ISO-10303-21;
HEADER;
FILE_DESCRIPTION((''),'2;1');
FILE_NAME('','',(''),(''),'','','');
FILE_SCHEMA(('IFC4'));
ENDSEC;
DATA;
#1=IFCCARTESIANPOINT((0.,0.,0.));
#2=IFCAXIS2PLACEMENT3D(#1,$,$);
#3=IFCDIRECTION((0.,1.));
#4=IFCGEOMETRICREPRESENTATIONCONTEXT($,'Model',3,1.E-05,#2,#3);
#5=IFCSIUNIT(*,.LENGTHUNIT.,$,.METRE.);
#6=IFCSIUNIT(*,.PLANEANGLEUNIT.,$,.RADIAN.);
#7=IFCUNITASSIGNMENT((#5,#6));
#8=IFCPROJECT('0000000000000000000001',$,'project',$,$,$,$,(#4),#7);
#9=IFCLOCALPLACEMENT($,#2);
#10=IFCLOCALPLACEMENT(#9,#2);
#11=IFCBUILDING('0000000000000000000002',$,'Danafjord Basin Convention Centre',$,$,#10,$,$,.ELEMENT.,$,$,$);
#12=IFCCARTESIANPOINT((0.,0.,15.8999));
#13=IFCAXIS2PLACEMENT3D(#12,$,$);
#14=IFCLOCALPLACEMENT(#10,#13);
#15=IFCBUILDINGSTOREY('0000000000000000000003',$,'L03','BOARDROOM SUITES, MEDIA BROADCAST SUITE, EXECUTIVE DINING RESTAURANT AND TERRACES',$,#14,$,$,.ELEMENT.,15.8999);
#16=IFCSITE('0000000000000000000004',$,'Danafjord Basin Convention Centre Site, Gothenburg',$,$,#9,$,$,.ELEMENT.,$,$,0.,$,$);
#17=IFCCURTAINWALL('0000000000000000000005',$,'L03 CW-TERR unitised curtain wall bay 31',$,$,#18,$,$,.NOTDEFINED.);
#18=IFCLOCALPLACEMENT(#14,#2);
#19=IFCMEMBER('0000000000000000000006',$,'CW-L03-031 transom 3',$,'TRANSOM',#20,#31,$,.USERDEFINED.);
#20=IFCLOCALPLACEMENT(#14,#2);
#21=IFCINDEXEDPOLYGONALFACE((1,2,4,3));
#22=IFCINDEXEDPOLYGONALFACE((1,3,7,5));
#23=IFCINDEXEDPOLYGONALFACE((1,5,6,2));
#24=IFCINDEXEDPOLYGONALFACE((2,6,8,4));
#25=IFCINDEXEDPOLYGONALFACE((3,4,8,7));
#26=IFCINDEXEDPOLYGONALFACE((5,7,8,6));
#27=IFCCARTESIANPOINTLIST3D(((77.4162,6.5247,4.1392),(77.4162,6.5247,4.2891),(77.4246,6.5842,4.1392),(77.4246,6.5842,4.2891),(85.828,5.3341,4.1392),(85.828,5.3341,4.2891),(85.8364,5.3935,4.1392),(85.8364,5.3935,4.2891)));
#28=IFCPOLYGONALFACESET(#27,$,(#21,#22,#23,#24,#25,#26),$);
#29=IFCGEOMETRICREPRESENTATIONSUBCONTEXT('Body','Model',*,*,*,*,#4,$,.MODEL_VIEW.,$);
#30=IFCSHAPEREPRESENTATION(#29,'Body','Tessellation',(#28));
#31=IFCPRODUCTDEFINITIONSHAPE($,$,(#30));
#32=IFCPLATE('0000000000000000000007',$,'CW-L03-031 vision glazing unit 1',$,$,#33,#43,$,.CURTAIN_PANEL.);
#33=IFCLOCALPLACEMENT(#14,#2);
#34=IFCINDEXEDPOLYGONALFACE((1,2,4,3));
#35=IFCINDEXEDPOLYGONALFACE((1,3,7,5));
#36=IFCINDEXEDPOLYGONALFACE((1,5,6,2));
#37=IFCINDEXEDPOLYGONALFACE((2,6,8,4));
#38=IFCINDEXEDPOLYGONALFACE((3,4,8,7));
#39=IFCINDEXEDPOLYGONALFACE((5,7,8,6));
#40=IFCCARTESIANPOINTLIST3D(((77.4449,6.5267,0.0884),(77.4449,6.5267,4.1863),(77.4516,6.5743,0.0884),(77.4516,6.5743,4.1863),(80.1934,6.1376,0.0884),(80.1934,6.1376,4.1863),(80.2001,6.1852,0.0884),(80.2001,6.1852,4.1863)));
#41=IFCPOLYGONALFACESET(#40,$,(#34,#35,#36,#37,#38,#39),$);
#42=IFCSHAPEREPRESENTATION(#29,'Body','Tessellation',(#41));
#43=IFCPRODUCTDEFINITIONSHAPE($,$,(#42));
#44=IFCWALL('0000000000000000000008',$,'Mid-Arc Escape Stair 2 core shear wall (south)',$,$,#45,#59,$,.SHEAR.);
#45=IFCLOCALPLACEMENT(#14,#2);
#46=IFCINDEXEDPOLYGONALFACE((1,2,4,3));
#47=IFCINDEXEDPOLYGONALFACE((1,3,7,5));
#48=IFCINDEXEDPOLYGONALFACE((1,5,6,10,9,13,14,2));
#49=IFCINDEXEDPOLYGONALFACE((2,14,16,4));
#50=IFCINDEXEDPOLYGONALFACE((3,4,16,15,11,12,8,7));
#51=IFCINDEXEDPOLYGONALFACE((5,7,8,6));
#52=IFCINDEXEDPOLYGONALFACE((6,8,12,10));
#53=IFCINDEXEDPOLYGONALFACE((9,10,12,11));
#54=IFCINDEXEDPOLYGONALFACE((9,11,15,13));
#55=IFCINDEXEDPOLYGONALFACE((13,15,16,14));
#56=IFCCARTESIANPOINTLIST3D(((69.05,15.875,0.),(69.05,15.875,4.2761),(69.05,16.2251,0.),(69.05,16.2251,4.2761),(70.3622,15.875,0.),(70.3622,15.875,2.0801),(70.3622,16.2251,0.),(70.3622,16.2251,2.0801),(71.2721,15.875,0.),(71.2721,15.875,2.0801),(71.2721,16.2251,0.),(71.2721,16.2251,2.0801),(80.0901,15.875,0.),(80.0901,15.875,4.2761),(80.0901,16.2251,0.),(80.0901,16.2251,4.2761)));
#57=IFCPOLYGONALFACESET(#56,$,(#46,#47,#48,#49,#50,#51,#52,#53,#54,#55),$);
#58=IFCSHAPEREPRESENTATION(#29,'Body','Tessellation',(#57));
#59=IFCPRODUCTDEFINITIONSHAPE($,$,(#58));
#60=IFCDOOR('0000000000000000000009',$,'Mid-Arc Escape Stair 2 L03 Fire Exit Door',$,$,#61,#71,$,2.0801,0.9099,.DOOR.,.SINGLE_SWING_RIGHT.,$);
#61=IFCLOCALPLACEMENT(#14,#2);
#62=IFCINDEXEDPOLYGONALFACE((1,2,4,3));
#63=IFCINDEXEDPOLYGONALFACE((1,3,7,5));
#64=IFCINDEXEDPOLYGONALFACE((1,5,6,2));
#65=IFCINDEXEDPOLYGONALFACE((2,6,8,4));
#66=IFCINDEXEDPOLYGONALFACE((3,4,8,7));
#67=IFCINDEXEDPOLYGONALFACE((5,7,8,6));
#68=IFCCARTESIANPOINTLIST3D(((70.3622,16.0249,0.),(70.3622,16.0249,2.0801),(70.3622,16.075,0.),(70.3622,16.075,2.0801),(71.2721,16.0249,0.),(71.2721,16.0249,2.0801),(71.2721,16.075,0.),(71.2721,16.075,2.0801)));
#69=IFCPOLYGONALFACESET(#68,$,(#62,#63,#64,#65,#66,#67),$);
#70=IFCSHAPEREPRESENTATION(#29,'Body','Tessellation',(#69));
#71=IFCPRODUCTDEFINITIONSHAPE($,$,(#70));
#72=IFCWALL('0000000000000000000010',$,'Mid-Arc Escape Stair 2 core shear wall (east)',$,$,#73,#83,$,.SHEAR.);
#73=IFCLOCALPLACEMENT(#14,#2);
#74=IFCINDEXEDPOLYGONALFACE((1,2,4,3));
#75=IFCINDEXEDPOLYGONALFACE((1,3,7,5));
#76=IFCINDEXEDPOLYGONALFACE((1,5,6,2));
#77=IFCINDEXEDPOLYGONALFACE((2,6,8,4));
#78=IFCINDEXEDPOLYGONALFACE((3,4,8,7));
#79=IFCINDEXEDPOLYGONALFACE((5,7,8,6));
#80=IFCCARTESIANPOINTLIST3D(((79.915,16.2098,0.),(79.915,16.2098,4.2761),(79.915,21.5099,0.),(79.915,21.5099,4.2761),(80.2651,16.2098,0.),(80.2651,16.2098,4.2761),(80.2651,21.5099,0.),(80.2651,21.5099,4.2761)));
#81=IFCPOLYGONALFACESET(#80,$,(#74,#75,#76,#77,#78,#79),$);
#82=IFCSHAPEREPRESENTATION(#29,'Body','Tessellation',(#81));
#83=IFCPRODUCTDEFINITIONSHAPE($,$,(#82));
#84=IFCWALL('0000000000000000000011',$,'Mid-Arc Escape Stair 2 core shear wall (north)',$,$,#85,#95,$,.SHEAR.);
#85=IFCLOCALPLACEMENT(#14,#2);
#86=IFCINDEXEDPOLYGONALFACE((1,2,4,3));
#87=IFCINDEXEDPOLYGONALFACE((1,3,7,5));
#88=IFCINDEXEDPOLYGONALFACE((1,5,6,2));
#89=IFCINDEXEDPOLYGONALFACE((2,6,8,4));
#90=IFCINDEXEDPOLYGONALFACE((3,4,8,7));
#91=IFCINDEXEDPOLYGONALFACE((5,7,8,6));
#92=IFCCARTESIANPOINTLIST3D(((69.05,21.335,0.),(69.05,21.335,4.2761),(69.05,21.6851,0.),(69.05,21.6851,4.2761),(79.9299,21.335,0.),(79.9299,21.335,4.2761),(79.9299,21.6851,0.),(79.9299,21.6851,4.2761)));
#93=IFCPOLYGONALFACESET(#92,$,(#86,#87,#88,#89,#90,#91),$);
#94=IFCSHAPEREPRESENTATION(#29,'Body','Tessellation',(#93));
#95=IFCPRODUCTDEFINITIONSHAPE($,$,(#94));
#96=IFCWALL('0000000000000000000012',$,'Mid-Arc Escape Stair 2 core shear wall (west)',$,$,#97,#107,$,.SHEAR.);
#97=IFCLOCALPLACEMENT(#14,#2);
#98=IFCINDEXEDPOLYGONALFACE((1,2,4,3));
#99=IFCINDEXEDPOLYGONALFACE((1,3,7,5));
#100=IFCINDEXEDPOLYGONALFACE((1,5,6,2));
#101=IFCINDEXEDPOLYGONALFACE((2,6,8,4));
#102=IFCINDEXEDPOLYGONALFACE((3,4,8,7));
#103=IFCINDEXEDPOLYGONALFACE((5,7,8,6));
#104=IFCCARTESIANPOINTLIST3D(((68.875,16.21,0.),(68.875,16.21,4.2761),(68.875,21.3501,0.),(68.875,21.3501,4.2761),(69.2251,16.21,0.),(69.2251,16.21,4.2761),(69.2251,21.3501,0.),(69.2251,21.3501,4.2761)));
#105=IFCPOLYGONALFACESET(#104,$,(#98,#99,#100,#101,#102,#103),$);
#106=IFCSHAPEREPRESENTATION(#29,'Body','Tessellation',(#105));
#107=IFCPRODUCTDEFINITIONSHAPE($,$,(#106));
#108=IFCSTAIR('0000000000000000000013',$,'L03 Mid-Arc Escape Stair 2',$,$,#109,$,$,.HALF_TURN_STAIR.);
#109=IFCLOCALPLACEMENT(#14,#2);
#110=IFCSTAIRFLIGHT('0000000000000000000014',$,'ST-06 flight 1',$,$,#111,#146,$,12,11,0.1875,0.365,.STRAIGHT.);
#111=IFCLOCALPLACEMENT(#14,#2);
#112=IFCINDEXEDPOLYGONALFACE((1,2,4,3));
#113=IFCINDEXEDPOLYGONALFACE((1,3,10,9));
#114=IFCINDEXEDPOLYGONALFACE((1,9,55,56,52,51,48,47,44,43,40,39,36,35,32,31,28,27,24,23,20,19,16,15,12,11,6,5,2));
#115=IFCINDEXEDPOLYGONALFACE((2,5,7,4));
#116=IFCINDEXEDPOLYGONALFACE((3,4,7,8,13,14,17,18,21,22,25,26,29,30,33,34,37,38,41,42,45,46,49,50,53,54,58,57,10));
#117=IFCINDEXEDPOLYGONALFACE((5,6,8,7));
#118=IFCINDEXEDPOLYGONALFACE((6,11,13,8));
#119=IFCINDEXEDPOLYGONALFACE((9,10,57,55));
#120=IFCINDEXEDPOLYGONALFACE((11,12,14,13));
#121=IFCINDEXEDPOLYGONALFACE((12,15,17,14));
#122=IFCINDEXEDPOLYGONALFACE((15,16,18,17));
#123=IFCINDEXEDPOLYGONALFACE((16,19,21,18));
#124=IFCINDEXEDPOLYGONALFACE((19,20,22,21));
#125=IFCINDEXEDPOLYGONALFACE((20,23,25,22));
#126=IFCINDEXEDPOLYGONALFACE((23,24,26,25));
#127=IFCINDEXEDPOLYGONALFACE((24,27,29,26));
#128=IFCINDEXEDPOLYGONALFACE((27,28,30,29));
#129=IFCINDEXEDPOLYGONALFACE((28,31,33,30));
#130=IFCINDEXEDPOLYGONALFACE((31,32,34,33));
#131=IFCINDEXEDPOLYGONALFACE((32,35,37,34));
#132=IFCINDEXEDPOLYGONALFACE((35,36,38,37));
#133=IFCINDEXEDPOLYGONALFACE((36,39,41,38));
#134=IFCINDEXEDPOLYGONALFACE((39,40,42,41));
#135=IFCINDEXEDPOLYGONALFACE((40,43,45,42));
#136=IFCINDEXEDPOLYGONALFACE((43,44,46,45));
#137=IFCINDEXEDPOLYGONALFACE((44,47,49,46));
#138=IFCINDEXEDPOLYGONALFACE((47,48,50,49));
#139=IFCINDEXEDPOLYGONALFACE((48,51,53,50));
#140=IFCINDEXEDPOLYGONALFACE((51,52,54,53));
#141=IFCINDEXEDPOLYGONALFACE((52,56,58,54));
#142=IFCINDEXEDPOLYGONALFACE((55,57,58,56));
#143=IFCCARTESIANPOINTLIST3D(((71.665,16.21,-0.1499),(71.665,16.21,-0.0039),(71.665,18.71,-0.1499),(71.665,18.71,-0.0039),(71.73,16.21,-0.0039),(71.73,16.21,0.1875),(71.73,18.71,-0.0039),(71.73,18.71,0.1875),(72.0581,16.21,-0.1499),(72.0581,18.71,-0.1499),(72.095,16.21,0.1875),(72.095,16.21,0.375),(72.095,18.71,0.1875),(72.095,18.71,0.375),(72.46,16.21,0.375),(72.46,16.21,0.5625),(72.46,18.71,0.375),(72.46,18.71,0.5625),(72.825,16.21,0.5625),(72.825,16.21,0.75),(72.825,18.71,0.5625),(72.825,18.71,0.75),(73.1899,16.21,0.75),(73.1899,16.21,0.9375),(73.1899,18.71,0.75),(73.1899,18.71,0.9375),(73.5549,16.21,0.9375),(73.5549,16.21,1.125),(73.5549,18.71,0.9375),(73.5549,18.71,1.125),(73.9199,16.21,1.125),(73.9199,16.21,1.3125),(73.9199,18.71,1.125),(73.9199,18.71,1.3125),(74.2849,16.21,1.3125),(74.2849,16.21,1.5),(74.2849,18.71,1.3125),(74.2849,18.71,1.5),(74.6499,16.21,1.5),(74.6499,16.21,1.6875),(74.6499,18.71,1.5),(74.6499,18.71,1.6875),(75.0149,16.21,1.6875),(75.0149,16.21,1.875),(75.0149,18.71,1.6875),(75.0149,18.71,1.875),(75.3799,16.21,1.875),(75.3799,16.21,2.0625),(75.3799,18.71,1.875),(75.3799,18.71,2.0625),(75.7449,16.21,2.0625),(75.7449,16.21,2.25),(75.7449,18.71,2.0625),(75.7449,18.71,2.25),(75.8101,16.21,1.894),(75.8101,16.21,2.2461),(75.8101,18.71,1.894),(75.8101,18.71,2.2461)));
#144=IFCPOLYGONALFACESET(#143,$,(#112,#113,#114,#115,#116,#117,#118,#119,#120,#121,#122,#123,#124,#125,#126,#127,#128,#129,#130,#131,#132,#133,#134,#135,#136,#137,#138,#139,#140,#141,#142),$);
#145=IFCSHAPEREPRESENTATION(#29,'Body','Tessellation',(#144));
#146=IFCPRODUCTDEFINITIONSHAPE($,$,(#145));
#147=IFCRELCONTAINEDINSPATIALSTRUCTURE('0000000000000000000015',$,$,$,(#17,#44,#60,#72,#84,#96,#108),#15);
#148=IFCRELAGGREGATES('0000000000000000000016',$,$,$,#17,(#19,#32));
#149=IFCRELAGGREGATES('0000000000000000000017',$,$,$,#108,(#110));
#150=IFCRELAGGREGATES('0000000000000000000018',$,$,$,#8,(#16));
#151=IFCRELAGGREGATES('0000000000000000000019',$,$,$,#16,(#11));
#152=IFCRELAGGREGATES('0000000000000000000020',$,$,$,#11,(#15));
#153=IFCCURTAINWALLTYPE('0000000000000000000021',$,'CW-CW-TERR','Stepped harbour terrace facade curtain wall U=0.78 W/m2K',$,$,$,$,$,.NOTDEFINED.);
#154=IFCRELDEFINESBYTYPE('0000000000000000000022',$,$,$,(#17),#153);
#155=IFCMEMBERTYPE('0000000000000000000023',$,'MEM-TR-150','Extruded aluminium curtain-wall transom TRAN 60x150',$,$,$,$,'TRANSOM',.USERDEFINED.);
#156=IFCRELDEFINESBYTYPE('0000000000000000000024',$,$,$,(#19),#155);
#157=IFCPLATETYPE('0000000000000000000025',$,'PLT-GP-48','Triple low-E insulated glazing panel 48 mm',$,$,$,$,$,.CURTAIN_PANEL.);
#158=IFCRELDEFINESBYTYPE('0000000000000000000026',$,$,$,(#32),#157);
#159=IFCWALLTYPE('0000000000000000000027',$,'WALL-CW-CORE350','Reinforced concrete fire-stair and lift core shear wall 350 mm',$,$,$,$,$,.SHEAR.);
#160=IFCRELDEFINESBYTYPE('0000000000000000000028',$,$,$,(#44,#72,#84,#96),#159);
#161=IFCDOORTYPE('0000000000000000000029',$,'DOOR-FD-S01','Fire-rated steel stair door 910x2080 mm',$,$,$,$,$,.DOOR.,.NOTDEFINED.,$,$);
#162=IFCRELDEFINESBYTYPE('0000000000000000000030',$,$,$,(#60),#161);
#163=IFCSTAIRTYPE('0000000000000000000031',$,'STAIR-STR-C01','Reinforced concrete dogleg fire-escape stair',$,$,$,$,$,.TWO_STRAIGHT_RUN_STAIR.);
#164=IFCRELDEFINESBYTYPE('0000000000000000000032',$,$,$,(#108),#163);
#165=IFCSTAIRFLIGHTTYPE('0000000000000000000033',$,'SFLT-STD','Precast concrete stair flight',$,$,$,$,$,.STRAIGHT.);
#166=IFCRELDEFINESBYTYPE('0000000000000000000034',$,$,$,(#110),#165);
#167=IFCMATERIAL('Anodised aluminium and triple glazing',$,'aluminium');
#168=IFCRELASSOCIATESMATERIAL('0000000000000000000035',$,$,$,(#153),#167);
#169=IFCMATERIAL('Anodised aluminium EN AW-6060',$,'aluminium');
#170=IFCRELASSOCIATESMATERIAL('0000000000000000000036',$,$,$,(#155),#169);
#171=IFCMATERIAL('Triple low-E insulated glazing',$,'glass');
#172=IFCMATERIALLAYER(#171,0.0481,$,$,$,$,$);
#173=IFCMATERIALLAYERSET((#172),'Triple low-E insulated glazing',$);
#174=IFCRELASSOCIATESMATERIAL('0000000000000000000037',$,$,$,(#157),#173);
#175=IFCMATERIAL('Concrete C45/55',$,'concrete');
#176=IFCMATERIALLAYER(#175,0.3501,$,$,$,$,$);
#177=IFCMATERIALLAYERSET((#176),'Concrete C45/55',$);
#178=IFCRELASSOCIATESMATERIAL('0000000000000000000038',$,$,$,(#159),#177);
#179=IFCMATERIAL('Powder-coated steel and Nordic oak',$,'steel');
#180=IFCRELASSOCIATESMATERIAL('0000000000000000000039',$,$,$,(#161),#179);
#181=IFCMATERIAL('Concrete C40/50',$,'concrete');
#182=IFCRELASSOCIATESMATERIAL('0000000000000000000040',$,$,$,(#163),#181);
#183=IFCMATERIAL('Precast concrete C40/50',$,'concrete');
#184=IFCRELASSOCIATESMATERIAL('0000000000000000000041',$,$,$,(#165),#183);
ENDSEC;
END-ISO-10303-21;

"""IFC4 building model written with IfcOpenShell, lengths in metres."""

from ifc_helpers import new_model, si_unit, direction, frame, frame_2d, origin, origin_2d, place, context, subcontext, project, spatial, polyline, rectangle, outline, extrude, material, layer, layer_set, material_profile, profile_set, type_object, element, fill, aggregate, save


model = new_model("IFC4")

# Units and contexts
model_context = context("Model", 3, precision=1e-05, world=origin(), true_north=direction((0.0, 1.0)))
body_context = subcontext(model_context, "Body", "Model", "MODEL_VIEW")
ifc_project = project(units=[si_unit("LENGTHUNIT", "METRE"), si_unit("PLANEANGLEUNIT", "RADIAN")], contexts=[model_context])

# Site, building, storey
site_placement = place(None, origin())
site = spatial("IfcSite", under=ifc_project, at=site_placement, Name="Danafjord Basin Convention Centre Site, Gothenburg", CompositionType="ELEMENT", RefElevation=0.0)
building_placement = place(site_placement, origin())
building = spatial("IfcBuilding", under=site, at=building_placement, Name="Danafjord Basin Convention Centre", CompositionType="ELEMENT")
storey_placement = place(building_placement, frame((0.0, 0.0, 15.8999)))
storey = spatial("IfcBuildingStorey", under=building, at=storey_placement, Name="L03", Description="BOARDROOM SUITES, MEDIA BROADCAST SUITE, EXECUTIVE DINING RESTAURANT AND TERRACES", CompositionType="ELEMENT", Elevation=15.8999)

# Curtain wall, member, plate
ifc_material_1 = material(Name="Anodised aluminium and triple glazing", Category="aluminium")
curtain_wall_type = type_object("IfcCurtainWallType", Name="CW-CW-TERR", Description="Stepped harbour terrace facade curtain wall U=0.78 W/m2K", PredefinedType="NOTDEFINED", material=ifc_material_1)
curtain_wall_placement = place(storey_placement, origin())
curtain_wall = element("IfcCurtainWall", 1, at=curtain_wall_placement, inside=storey, type_object=curtain_wall_type, Name="L03 CW-TERR unitised curtain wall bay 31", PredefinedType="NOTDEFINED")
ifc_material_2 = material(Name="Anodised aluminium EN AW-6060", Category="aluminium")
ifc_material_profile_1 = material_profile(ifc_material_2, rectangle(XDim=0.0601, YDim=0.1499, at=origin_2d()), Name="TRAN 60x150")
ifc_profile_set_1 = profile_set([ifc_material_profile_1], Name="Anodised aluminium EN AW-6060")
member_type_1 = type_object("IfcMemberType", Name="MEM-TR-150", Description="Extruded aluminium curtain-wall transom TRAN 60x150", ElementType="TRANSOM", PredefinedType="USERDEFINED", material=ifc_profile_set_1)
member_1_placement = place(storey_placement, frame((77.4204, 6.5544, 4.2141), z_axis=(0.99013, -0.14015, 0.0), x_axis=(0.14015, 0.99013, 0.0)))
member_1 = element("IfcMember", 2, at=member_1_placement, type_object=member_type_1, Name="CW-L03-031 transom 3", ObjectType="TRANSOM", PredefinedType="USERDEFINED", context=body_context, shape_type="SweptSolid", body=[
    extrude(rectangle(XDim=0.0601, YDim=0.1499, at=origin_2d()), origin(), (0.0, 0.0, 1.0), 8.4956),
])
ifc_material_3 = material(Name="Triple low-E insulated glazing", Category="glass")
ifc_layer_1 = layer(ifc_material_3, 0.0481)
ifc_layer_set_1 = layer_set([ifc_layer_1], Name="Triple low-E insulated glazing")
plate_type = type_object("IfcPlateType", Name="PLT-GP-48", Description="Triple low-E insulated glazing panel 48 mm", PredefinedType="CURTAIN_PANEL", material=ifc_layer_set_1)
plate_placement = place(storey_placement, frame((78.8225, 6.356, 0.0884), z_axis=(0.0, 0.0, 1.0), x_axis=(0.990128, -0.140165, 0.0)))
plate = element("IfcPlate", 3, at=plate_placement, type_object=plate_type, Name="CW-L03-031 vision glazing unit 1", PredefinedType="CURTAIN_PANEL", context=body_context, shape_type="SweptSolid", body=[
    extrude(rectangle(XDim=2.7759, YDim=0.0481, at=origin_2d()), origin(), (0.0, 0.0, 1.0), 4.0979),
])
aggregate(curtain_wall, [member_1, plate])

# Wall, opening, door
ifc_material_4 = material(Name="Concrete C45/55", Category="concrete")
ifc_layer_2 = layer(ifc_material_4, 0.3501)
ifc_layer_set_2 = layer_set([ifc_layer_2], Name="Concrete C45/55")
wall_type = type_object("IfcWallType", Name="WALL-CW-CORE350", Description="Reinforced concrete fire-stair and lift core shear wall 350 mm", PredefinedType="SHEAR", material=ifc_layer_set_2)
wall_1_placement = place(storey_placement, frame((69.05, 16.05, 0.0), z_axis=(0.0, 0.0, 1.0), x_axis=(1.0, 0.0, 0.0)))
wall_1 = element("IfcWall", 4, at=wall_1_placement, inside=storey, type_object=wall_type, Name="Mid-Arc Escape Stair 2 core shear wall (south)", PredefinedType="SHEAR", context=body_context, shape_type="SweptSolid", body=[
    extrude(rectangle(XDim=11.04, YDim=0.3501, at=frame_2d((5.52, 0.0))), origin(), (0.0, 0.0, 1.0), 4.2761),
])
opening_placement = place(wall_1_placement, frame((1.312, 0.0, 0.0)))
opening = element("IfcOpeningElement", 5, at=opening_placement, cuts=wall_1, PredefinedType="OPENING", context=body_context, shape_type="SweptSolid", body=[
    extrude(rectangle(XDim=0.9099, YDim=2.0801, at=frame_2d((0.4551, 1.04))), frame((0.0, 0.1851, 0.0), z_axis=(0.0, -1.0, 0.0), x_axis=(1.0, 0.0, 0.0)), (0.0, 0.0, 1.0), 0.3701),
])
ifc_material_5 = material(Name="Powder-coated steel and Nordic oak", Category="steel")
door_type = type_object("IfcDoorType", Name="DOOR-FD-S01", Description="Fire-rated steel stair door 910x2080 mm", OperationType="NOTDEFINED", PredefinedType="DOOR", material=ifc_material_5)
door_placement = place(opening_placement, origin())
door = element("IfcDoor", 6, at=door_placement, inside=storey, type_object=door_type, Name="Mid-Arc Escape Stair 2 L03 Fire Exit Door", OperationType="SINGLE_SWING_RIGHT", OverallHeight=2.0801, OverallWidth=0.9099, PredefinedType="DOOR", context=body_context, shape_type="SweptSolid", body=[
    extrude(rectangle(XDim=0.9099, YDim=2.0801, at=frame_2d((0.4551, 1.04))), frame((0.0, 0.0249, 0.0), z_axis=(0.0, -1.0, 0.0), x_axis=(1.0, 0.0, 0.0)), (0.0, 0.0, 1.0), 0.05),
])
fill(opening, door)

# Walls
wall_2_placement = place(storey_placement, frame((80.0901, 16.21, 0.0), z_axis=(0.0, 0.0, 1.0), x_axis=(0.0, 1.0, 0.0)))
element("IfcWall", 7, at=wall_2_placement, inside=storey, type_object=wall_type, Name="Mid-Arc Escape Stair 2 core shear wall (east)", PredefinedType="SHEAR", context=body_context, shape_type="SweptSolid", body=[
    extrude(rectangle(XDim=5.3, YDim=0.3501, at=frame_2d((2.6499, 0.0))), origin(), (0.0, 0.0, 1.0), 4.2761),
])
wall_3_placement = place(storey_placement, frame((79.9299, 21.51, 0.0), z_axis=(0.0, 0.0, 1.0), x_axis=(-1.0, 0.0, 0.0)))
element("IfcWall", 8, at=wall_3_placement, inside=storey, type_object=wall_type, Name="Mid-Arc Escape Stair 2 core shear wall (north)", PredefinedType="SHEAR", context=body_context, shape_type="SweptSolid", body=[
    extrude(rectangle(XDim=10.8799, YDim=0.3501, at=frame_2d((5.4399, 0.0))), origin(), (0.0, 0.0, 1.0), 4.2761),
])
wall_4_placement = place(storey_placement, frame((69.05, 21.3501, 0.0), z_axis=(0.0, 0.0, 1.0), x_axis=(0.0, -1.0, 0.0)))
element("IfcWall", 9, at=wall_4_placement, inside=storey, type_object=wall_type, Name="Mid-Arc Escape Stair 2 core shear wall (west)", PredefinedType="SHEAR", context=body_context, shape_type="SweptSolid", body=[
    extrude(rectangle(XDim=5.1401, YDim=0.3501, at=frame_2d((2.5701, 0.0))), origin(), (0.0, 0.0, 1.0), 4.2761),
])

# Stair, stair flight
ifc_material_6 = material(Name="Concrete C40/50", Category="concrete")
stair_type = type_object("IfcStairType", Name="STAIR-STR-C01", Description="Reinforced concrete dogleg fire-escape stair", PredefinedType="TWO_STRAIGHT_RUN_STAIR", material=ifc_material_6)
stair_placement = place(storey_placement, origin())
stair = element("IfcStair", 10, at=stair_placement, inside=storey, type_object=stair_type, Name="L03 Mid-Arc Escape Stair 2", PredefinedType="HALF_TURN_STAIR")
ifc_material_7 = material(Name="Precast concrete C40/50", Category="concrete")
stair_flight_type = type_object("IfcStairFlightType", Name="SFLT-STD", Description="Precast concrete stair flight", PredefinedType="STRAIGHT", material=ifc_material_7)
stair_flight_1_placement = place(storey_placement, frame((71.73, 17.46, 0.0), z_axis=(0.0, 0.0, 1.0), x_axis=(1.0, 0.0, 0.0)))
stair_flight_1 = element("IfcStairFlight", 11, at=stair_flight_1_placement, type_object=stair_flight_type, Name="ST-06 flight 1", NumberOfRisers=12, NumberOfTreads=11, PredefinedType="STRAIGHT", RiserHeight=0.1875, TreadLength=0.365, context=body_context, shape_type="SweptSolid", body=[
    extrude(outline(polyline([(-0.0649, -0.1499), (-0.0649, -0.0039), (0.0, -0.0039), (0.0, 0.1875), (0.365, 0.1875), (0.365, 0.375), (0.73, 0.375), (0.73, 0.5625), (1.095, 0.5625), (1.095, 0.75), (1.46, 0.75), (1.46, 0.9375), (1.825, 0.9375), (1.825, 1.125), (2.1899, 1.125), (2.1899, 1.3125), (2.5549, 1.3125), (2.5549, 1.5), (2.9199, 1.5), (2.9199, 1.6875), (3.2849, 1.6875), (3.2849, 1.875), (3.6499, 1.875), (3.6499, 2.0625), (4.0149, 2.0625), (4.0149, 2.25), (4.0801, 2.2461), (4.0801, 1.894), (0.3281, -0.1499), (-0.0649, -0.1499)])), frame((0.0, 1.25, 0.0), z_axis=(0.0, -1.0, 0.0), x_axis=(1.0, 0.0, 0.0)), (0.0, 0.0, 1.0), 2.5),
])
aggregate(stair, [stair_flight_1])

save(model, "model.ifc")
